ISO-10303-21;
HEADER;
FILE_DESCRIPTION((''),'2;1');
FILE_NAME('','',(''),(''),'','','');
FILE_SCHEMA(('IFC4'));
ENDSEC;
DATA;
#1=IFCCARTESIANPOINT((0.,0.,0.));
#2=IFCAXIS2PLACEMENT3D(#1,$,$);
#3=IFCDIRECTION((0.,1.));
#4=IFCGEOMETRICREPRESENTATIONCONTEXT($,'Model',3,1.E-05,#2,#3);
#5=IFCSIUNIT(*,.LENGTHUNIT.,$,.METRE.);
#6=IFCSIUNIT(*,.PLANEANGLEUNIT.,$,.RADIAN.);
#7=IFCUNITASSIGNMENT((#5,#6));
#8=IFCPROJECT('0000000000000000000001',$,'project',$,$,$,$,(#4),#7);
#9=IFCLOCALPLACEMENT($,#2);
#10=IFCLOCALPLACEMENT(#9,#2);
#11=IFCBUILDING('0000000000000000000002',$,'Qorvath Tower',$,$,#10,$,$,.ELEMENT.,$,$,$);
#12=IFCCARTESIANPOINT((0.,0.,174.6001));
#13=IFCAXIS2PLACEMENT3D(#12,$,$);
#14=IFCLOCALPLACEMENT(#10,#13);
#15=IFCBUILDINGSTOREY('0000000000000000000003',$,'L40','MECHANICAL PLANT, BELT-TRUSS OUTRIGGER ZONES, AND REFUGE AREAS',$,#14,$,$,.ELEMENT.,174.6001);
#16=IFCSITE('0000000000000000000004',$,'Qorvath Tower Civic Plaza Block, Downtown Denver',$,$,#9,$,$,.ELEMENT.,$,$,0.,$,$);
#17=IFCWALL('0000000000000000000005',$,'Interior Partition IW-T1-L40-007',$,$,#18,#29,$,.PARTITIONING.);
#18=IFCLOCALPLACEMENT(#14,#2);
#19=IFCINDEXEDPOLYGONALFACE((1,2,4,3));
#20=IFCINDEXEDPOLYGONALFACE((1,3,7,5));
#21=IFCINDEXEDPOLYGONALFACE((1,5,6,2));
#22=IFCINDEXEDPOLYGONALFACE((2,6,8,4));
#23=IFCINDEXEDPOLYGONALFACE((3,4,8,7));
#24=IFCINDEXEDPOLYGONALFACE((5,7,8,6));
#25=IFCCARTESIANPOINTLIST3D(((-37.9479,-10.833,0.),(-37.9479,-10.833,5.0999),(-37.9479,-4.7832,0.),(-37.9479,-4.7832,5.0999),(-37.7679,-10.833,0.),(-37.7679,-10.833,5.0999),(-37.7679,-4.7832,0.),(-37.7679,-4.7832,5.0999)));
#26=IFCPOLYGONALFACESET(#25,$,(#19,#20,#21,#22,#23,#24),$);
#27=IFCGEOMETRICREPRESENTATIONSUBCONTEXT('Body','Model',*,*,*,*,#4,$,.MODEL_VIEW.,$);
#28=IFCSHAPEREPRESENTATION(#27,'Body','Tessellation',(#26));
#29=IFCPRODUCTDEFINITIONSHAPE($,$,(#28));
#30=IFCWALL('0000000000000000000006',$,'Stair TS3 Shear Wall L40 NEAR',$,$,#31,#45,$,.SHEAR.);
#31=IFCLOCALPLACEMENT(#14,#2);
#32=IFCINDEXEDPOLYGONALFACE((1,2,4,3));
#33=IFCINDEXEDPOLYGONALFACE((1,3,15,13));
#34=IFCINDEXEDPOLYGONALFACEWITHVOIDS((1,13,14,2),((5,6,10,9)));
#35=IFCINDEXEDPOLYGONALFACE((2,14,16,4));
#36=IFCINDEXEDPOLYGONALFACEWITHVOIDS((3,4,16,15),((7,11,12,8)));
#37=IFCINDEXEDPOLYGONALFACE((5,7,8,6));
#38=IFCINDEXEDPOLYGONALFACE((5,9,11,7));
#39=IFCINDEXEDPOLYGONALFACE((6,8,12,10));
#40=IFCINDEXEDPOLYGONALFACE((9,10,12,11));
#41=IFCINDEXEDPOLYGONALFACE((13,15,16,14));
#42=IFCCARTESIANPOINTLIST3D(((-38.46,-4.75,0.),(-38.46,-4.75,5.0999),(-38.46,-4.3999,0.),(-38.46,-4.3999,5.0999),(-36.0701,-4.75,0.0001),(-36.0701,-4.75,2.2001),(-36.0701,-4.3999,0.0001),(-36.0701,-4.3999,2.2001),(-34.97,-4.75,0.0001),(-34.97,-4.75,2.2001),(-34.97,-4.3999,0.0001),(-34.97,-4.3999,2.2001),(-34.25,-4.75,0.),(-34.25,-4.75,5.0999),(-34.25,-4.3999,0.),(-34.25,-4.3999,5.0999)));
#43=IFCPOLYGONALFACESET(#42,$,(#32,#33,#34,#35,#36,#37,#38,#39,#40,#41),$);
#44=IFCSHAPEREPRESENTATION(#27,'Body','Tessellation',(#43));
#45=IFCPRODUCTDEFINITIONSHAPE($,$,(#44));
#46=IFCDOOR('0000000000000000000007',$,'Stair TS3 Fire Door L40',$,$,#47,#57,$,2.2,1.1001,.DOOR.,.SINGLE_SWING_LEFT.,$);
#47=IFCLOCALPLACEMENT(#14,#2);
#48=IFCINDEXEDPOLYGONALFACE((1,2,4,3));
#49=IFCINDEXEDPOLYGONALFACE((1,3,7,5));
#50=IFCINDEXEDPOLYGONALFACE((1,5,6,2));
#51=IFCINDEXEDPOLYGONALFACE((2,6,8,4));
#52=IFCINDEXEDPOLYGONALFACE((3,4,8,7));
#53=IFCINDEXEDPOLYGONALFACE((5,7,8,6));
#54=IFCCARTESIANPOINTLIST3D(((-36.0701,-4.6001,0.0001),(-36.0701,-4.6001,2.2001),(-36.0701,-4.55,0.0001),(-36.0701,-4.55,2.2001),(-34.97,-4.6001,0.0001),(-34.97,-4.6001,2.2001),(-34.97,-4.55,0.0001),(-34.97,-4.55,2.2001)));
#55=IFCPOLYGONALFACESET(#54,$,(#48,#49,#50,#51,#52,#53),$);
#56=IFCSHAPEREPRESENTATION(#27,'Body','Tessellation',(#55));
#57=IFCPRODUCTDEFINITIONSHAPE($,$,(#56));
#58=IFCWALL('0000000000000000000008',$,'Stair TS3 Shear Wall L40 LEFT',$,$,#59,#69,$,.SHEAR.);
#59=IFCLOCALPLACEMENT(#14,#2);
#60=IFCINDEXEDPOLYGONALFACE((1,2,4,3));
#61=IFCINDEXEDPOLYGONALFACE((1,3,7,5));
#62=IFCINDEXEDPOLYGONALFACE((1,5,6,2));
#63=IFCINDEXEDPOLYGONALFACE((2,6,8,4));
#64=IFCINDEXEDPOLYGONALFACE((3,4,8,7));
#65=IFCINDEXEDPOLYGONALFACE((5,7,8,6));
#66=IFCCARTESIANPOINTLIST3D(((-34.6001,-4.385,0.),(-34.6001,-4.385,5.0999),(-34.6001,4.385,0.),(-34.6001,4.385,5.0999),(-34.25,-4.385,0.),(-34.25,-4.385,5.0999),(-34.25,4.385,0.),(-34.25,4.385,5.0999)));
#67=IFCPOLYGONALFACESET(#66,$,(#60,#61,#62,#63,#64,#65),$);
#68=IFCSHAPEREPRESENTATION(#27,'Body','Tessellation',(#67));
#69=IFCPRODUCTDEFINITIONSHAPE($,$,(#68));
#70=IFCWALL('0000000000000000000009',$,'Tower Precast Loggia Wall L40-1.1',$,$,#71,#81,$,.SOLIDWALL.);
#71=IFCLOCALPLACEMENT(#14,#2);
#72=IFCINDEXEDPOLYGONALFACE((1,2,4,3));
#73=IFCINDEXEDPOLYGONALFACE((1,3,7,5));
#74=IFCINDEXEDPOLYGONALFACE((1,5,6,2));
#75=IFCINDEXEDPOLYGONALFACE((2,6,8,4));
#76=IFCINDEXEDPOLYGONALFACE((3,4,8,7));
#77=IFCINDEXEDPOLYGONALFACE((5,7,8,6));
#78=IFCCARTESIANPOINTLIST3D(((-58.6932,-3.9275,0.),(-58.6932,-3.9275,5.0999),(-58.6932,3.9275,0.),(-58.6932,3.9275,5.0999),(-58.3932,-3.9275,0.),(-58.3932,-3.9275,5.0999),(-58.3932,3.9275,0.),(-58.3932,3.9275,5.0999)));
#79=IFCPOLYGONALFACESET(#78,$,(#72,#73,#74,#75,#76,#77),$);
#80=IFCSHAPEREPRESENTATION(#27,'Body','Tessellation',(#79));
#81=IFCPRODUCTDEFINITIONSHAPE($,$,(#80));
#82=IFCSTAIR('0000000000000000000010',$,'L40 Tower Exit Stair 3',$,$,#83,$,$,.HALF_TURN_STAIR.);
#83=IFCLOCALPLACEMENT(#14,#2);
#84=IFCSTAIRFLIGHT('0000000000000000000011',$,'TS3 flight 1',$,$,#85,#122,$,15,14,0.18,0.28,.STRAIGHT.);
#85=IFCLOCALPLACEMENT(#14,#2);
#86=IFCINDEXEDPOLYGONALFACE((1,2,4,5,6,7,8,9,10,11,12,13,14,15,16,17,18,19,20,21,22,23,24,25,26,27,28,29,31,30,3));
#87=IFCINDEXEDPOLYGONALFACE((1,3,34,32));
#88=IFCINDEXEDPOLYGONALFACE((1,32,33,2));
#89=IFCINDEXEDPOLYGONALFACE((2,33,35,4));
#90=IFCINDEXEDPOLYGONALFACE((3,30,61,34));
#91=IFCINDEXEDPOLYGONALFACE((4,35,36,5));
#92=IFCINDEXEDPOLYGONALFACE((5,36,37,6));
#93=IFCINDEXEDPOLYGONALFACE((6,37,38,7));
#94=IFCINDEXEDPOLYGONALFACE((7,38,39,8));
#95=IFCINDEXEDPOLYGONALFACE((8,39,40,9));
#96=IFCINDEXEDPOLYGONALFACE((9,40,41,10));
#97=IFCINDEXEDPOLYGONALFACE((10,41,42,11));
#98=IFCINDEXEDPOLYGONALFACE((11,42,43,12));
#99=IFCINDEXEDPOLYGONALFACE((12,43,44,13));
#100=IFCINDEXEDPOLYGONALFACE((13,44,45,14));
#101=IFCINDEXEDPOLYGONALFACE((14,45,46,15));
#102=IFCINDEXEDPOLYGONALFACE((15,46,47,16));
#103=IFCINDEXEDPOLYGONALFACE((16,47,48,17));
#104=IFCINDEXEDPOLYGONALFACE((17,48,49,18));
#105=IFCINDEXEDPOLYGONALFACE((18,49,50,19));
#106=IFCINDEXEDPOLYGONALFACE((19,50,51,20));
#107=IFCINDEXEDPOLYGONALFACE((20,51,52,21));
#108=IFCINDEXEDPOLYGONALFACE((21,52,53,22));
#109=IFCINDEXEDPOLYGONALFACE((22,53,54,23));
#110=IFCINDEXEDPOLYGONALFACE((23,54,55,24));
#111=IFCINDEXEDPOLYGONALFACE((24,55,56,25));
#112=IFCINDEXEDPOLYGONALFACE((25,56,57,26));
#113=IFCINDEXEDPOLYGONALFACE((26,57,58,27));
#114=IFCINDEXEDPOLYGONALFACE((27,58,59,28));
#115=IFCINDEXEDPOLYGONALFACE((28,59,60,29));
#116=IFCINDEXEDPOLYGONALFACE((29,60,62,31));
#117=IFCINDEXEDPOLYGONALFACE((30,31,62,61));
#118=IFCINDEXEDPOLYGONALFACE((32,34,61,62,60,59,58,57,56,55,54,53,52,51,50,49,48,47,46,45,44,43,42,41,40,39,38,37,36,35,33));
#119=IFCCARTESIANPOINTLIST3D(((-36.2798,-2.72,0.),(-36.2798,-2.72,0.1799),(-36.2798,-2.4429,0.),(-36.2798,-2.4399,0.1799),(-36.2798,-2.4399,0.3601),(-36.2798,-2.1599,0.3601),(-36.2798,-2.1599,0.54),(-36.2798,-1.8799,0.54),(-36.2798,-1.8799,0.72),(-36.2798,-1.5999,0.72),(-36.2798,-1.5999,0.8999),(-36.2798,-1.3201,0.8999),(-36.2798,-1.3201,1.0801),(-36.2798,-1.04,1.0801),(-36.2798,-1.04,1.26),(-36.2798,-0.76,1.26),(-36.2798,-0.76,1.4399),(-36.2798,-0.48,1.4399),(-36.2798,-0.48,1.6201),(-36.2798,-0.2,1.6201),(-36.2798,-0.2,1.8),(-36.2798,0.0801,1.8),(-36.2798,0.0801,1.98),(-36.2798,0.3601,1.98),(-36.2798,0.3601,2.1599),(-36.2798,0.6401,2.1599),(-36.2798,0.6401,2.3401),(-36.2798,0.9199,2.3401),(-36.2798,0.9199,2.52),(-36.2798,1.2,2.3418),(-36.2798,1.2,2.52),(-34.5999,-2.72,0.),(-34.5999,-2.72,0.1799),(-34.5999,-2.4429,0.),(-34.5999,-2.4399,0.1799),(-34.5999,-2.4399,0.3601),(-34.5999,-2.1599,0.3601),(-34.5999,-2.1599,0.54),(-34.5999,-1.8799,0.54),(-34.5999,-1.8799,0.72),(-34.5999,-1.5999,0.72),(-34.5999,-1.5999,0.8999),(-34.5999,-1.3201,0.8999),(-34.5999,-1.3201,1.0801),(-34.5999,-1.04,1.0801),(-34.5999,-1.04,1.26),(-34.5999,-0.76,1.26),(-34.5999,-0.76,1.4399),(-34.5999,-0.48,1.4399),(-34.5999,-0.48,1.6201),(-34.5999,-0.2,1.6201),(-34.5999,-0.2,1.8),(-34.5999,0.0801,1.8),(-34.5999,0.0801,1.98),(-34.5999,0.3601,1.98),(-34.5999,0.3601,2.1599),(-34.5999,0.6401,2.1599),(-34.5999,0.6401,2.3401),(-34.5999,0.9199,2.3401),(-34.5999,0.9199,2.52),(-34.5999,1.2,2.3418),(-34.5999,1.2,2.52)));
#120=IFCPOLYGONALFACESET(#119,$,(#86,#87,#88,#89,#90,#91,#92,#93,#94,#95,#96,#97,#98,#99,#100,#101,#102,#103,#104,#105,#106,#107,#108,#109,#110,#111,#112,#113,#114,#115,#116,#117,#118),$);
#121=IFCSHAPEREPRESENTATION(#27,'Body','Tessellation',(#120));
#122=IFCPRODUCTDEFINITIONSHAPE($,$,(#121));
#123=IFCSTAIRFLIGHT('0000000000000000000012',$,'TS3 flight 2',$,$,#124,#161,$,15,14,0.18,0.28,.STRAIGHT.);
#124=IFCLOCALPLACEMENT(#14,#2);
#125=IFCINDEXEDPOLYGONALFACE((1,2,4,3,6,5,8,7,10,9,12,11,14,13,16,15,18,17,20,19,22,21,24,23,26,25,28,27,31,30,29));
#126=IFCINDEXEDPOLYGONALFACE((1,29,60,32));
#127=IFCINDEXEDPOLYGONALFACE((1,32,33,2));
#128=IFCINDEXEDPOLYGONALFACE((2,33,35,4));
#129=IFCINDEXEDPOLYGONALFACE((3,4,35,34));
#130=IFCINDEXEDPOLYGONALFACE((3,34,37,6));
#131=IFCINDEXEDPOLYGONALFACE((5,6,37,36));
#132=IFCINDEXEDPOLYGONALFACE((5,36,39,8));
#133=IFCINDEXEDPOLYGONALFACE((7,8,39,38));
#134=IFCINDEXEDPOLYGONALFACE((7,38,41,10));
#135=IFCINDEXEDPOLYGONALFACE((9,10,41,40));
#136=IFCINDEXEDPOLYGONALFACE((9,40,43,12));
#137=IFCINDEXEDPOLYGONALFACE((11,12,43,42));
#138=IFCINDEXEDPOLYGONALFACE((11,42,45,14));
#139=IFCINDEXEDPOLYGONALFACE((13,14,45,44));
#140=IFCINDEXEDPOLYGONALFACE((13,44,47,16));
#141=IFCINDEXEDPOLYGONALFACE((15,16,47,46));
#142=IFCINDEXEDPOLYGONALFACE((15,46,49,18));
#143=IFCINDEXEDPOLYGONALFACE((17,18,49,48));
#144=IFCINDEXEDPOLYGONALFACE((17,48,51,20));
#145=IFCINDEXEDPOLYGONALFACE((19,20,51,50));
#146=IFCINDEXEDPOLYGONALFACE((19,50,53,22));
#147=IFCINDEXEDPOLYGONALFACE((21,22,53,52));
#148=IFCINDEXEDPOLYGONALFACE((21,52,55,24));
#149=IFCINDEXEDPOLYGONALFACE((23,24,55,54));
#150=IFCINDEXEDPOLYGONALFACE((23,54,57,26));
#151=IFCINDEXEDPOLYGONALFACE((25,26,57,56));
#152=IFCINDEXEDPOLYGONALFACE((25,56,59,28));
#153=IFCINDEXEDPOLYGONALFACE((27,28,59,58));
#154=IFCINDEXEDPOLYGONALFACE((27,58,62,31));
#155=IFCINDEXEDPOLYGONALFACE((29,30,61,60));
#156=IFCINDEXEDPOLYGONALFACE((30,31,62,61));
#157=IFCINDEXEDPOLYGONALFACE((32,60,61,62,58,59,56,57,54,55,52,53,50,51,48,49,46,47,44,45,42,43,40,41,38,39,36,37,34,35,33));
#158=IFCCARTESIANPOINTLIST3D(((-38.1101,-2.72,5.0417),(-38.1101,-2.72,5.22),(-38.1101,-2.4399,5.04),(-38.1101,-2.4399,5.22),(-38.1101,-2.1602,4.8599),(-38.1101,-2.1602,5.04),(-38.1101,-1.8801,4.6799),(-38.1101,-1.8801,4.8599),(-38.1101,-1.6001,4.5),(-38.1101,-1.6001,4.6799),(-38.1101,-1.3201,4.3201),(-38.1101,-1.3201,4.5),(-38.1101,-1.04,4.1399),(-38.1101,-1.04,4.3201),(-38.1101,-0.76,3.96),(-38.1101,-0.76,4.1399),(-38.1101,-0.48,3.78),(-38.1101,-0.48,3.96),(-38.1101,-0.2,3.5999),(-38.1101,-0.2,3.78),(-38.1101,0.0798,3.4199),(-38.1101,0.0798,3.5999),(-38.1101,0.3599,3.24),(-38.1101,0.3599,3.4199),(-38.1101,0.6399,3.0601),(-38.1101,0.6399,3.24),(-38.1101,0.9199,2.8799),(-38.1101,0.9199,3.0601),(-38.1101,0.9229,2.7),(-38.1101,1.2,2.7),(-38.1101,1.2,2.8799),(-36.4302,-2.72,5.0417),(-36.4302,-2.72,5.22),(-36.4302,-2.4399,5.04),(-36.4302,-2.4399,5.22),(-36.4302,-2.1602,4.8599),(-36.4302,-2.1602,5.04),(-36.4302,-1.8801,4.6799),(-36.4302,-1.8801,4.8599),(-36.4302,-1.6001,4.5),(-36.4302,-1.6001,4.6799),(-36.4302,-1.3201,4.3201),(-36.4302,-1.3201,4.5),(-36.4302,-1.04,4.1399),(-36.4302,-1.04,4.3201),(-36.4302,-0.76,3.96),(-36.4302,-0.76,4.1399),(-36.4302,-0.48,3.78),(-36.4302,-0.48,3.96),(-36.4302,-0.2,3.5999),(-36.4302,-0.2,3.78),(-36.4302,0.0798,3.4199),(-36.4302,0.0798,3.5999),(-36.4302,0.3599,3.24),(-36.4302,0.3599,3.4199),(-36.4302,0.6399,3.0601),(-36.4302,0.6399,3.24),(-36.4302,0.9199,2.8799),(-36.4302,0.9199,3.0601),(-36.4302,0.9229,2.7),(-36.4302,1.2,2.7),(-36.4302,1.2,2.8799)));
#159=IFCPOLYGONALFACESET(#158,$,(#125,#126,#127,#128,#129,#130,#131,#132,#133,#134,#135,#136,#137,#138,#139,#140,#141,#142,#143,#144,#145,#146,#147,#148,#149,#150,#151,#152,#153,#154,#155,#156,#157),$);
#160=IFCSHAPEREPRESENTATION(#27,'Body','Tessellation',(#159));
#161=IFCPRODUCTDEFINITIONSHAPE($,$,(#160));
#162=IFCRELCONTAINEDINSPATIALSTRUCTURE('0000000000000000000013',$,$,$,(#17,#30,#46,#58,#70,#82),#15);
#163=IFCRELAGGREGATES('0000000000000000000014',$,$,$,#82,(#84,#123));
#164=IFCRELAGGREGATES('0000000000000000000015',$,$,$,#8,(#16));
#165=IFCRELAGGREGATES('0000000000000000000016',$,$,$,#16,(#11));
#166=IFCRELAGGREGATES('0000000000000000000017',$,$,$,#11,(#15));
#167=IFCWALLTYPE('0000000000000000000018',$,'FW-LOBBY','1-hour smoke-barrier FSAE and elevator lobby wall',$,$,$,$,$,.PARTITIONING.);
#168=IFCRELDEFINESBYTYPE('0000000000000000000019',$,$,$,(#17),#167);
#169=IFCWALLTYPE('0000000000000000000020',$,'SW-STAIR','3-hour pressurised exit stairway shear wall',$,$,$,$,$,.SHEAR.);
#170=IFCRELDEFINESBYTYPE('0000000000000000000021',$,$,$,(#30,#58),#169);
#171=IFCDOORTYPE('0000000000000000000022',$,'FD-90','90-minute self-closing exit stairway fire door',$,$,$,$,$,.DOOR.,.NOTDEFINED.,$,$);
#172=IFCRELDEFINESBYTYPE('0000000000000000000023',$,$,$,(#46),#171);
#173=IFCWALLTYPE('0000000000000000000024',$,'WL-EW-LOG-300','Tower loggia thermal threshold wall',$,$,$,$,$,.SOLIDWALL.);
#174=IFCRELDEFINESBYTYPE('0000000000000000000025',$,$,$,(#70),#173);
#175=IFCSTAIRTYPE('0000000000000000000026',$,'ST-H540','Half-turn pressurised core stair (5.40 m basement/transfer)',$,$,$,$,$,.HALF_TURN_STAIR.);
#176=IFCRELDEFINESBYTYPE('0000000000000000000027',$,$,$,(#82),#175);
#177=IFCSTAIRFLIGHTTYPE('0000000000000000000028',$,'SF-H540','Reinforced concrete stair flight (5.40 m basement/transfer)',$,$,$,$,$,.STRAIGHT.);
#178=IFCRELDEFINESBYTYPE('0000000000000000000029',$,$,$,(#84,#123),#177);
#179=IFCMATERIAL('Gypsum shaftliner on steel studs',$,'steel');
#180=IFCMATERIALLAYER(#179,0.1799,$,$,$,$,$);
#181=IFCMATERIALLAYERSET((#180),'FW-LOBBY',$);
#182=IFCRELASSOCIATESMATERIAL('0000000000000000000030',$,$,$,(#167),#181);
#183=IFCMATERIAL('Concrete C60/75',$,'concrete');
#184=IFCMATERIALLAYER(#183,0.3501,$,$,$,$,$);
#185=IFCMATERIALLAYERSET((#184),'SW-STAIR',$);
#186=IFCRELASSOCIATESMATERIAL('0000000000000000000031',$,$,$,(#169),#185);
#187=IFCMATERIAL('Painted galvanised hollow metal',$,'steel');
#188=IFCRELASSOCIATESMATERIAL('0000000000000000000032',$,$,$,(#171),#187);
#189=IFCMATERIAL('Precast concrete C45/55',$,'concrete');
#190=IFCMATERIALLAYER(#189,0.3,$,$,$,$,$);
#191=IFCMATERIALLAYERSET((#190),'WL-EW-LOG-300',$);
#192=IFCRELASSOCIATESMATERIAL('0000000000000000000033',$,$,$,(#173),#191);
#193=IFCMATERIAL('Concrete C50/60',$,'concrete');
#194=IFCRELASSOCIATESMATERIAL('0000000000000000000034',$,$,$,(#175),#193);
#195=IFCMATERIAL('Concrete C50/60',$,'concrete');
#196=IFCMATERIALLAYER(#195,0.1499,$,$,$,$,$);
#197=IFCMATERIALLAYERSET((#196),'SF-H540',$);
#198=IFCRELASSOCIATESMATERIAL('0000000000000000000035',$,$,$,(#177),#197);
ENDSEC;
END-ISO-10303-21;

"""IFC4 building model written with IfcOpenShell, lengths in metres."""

from ifc_helpers import new_model, si_unit, direction, frame, frame_2d, origin, place, context, subcontext, project, spatial, polyline, rectangle, outline, extrude, material, layer, layer_set, type_object, element, fill, aggregate, save


model = new_model("IFC4")

# Units and contexts
model_context = context("Model", 3, precision=1e-05, world=origin(), true_north=direction((0.0, 1.0)))
body_context = subcontext(model_context, "Body", "Model", "MODEL_VIEW")
ifc_project = project(units=[si_unit("LENGTHUNIT", "METRE"), si_unit("PLANEANGLEUNIT", "RADIAN")], contexts=[model_context])

# Site, building, storey
site_placement = place(None, origin())
site = spatial("IfcSite", under=ifc_project, at=site_placement, Name="Qorvath Tower Civic Plaza Block, Downtown Denver", CompositionType="ELEMENT", RefElevation=0.0)
building_placement = place(site_placement, origin())
building = spatial("IfcBuilding", under=site, at=building_placement, Name="Qorvath Tower", CompositionType="ELEMENT")
storey_placement = place(building_placement, frame((0.0, 0.0, 174.6001)))
storey = spatial("IfcBuildingStorey", under=building, at=storey_placement, Name="L40", Description="MECHANICAL PLANT, BELT-TRUSS OUTRIGGER ZONES, AND REFUGE AREAS", CompositionType="ELEMENT", Elevation=174.6001)

# Shared definitions
ifc_material_1 = material(Name="Gypsum shaftliner on steel studs", Category="steel")
ifc_layer_1 = layer(ifc_material_1, 0.1799)
ifc_layer_set_1 = layer_set([ifc_layer_1], Name="FW-LOBBY")
wall_type_1 = type_object("IfcWallType", Name="FW-LOBBY", Description="1-hour smoke-barrier FSAE and elevator lobby wall", PredefinedType="PARTITIONING", material=ifc_layer_set_1)

# Wall
wall_1_placement = place(storey_placement, frame((-37.8579, -10.833, 0.0), z_axis=(0.0, 0.0, 1.0), x_axis=(0.0, 1.0, 0.0)))
element("IfcWall", 1, at=wall_1_placement, inside=storey, type_object=wall_type_1, Name="Interior Partition IW-T1-L40-007", PredefinedType="PARTITIONING", context=body_context, shape_type="SweptSolid", body=[
    extrude(rectangle(XDim=6.0498, YDim=0.1799, at=frame_2d((3.0249, 0.0))), origin(), (0.0, 0.0, 1.0), 5.0999),
])

# Wall, opening, door
ifc_material_2 = material(Name="Concrete C60/75", Category="concrete")
ifc_layer_2 = layer(ifc_material_2, 0.3501)
ifc_layer_set_2 = layer_set([ifc_layer_2], Name="SW-STAIR")
wall_type_2 = type_object("IfcWallType", Name="SW-STAIR", Description="3-hour pressurised exit stairway shear wall", PredefinedType="SHEAR", material=ifc_layer_set_2)
wall_2_placement = place(storey_placement, frame((-38.46, -4.575, 0.0), z_axis=(0.0, 0.0, 1.0), x_axis=(1.0, 0.0, 0.0)))
wall_2 = element("IfcWall", 2, at=wall_2_placement, inside=storey, type_object=wall_type_2, Name="Stair TS3 Shear Wall L40 NEAR", PredefinedType="SHEAR", context=body_context, shape_type="SweptSolid", body=[
    extrude(rectangle(XDim=4.21, YDim=0.3501, at=frame_2d((2.105, 0.0))), origin(), (0.0, 0.0, 1.0), 5.0999),
])
opening_1_placement = place(wall_2_placement, frame((2.3899, 0.0, 0.0)))
opening_1 = element("IfcOpeningElement", 3, at=opening_1_placement, cuts=wall_2, PredefinedType="OPENING", context=body_context, shape_type="SweptSolid", body=[
    extrude(rectangle(XDim=1.1001, YDim=2.2, at=frame_2d((0.55, 1.1001))), frame((0.0, 0.1851, 0.0), z_axis=(0.0, -1.0, 0.0), x_axis=(1.0, 0.0, 0.0)), (0.0, 0.0, 1.0), 0.3701),
])
ifc_material_3 = material(Name="Painted galvanised hollow metal", Category="steel")
door_type_1 = type_object("IfcDoorType", Name="FD-90", Description="90-minute self-closing exit stairway fire door", OperationType="NOTDEFINED", PredefinedType="DOOR", material=ifc_material_3)
door_1_placement = place(opening_1_placement, origin())
door_1 = element("IfcDoor", 4, at=door_1_placement, inside=storey, type_object=door_type_1, Name="Stair TS3 Fire Door L40", OperationType="SINGLE_SWING_LEFT", OverallHeight=2.2, OverallWidth=1.1001, PredefinedType="DOOR", context=body_context, shape_type="SweptSolid", body=[
    extrude(rectangle(XDim=1.1001, YDim=2.2, at=frame_2d((0.55, 1.1001))), frame((0.0, 0.0249, 0.0), z_axis=(0.0, -1.0, 0.0), x_axis=(1.0, 0.0, 0.0)), (0.0, 0.0, 1.0), 0.05),
])
fill(opening_1, door_1)

# Walls
wall_3_placement = place(storey_placement, frame((-34.425, -4.385, 0.0), z_axis=(0.0, 0.0, 1.0), x_axis=(0.0, 1.0, 0.0)))
element("IfcWall", 5, at=wall_3_placement, inside=storey, type_object=wall_type_2, Name="Stair TS3 Shear Wall L40 LEFT", PredefinedType="SHEAR", context=body_context, shape_type="SweptSolid", body=[
    extrude(rectangle(XDim=8.77, YDim=0.3501, at=frame_2d((4.385, 0.0))), origin(), (0.0, 0.0, 1.0), 5.0999),
])
ifc_material_4 = material(Name="Precast concrete C45/55", Category="concrete")
ifc_layer_3 = layer(ifc_material_4, 0.3)
ifc_layer_set_3 = layer_set([ifc_layer_3], Name="WL-EW-LOG-300")
wall_type_3 = type_object("IfcWallType", Name="WL-EW-LOG-300", Description="Tower loggia thermal threshold wall", PredefinedType="SOLIDWALL", material=ifc_layer_set_3)
wall_4_placement = place(storey_placement, frame((-58.5432, -3.9275, 0.0), z_axis=(0.0, 0.0, 1.0), x_axis=(0.0, 1.0, 0.0)))
element("IfcWall", 6, at=wall_4_placement, inside=storey, type_object=wall_type_3, Name="Tower Precast Loggia Wall L40-1.1", PredefinedType="SOLIDWALL", context=body_context, shape_type="SweptSolid", body=[
    extrude(rectangle(XDim=7.855, YDim=0.3, at=frame_2d((3.9275, 0.0))), origin(), (0.0, 0.0, 1.0), 5.0999),
])

# Stair, stair flights
ifc_material_5 = material(Name="Concrete C50/60", Category="concrete")
stair_type = type_object("IfcStairType", Name="ST-H540", Description="Half-turn pressurised core stair (5.40 m basement/transfer)", PredefinedType="HALF_TURN_STAIR", material=ifc_material_5)
stair_placement = place(storey_placement, origin())
stair = element("IfcStair", 7, at=stair_placement, inside=storey, type_object=stair_type, Name="L40 Tower Exit Stair 3", PredefinedType="HALF_TURN_STAIR")
ifc_material_6 = material(Name="Concrete C50/60", Category="concrete")
ifc_layer_4 = layer(ifc_material_6, 0.1499)
ifc_layer_set_4 = layer_set([ifc_layer_4], Name="SF-H540")
stair_flight_type = type_object("IfcStairFlightType", Name="SF-H540", Description="Reinforced concrete stair flight (5.40 m basement/transfer)", PredefinedType="STRAIGHT", material=ifc_layer_set_4)
stair_flight_1_placement = place(storey_placement, frame((-35.4399, -2.72, 0.0), z_axis=(0.0, 0.0, 1.0), x_axis=(0.0, 1.0, 0.0)))
stair_flight_1 = element("IfcStairFlight", 8, at=stair_flight_1_placement, type_object=stair_flight_type, Name="TS3 flight 1", NumberOfRisers=15, NumberOfTreads=14, PredefinedType="STRAIGHT", RiserHeight=0.18, TreadLength=0.28, context=body_context, shape_type="SweptSolid", body=[
    extrude(outline(polyline([(0.0, 0.0), (0.0, 0.1799), (0.28, 0.1799), (0.28, 0.3601), (0.5601, 0.3601), (0.5601, 0.54), (0.8401, 0.54), (0.8401, 0.72), (1.1201, 0.72), (1.1201, 0.8999), (1.3999, 0.8999), (1.3999, 1.0801), (1.6799, 1.0801), (1.6799, 1.26), (1.96, 1.26), (1.96, 1.4399), (2.24, 1.4399), (2.24, 1.6201), (2.52, 1.6201), (2.52, 1.8), (2.8, 1.8), (2.8, 1.98), (3.0801, 1.98), (3.0801, 2.1599), (3.3601, 2.1599), (3.3601, 2.3401), (3.6399, 2.3401), (3.6399, 2.52), (3.9199, 2.52), (3.9199, 2.7), (3.9199, 2.3418), (0.2771, 0.0), (0.0, 0.0)])), frame((0.0, 0.8398, 0.0), z_axis=(0.0, -1.0, 0.0), x_axis=(1.0, 0.0, 0.0)), (0.0, 0.0, 1.0), 1.6799),
])
stair_flight_2_placement = place(storey_placement, frame((-37.27, 1.2, 2.7), z_axis=(0.0, 0.0, 1.0), x_axis=(0.0, -1.0, 0.0)))
stair_flight_2 = element("IfcStairFlight", 9, at=stair_flight_2_placement, type_object=stair_flight_type, Name="TS3 flight 2", NumberOfRisers=15, NumberOfTreads=14, PredefinedType="STRAIGHT", RiserHeight=0.18, TreadLength=0.28, context=body_context, shape_type="SweptSolid", body=[
    extrude(outline(polyline([(0.0, 0.0), (0.0, 0.1799), (0.28, 0.1799), (0.28, 0.3601), (0.5601, 0.3601), (0.5601, 0.54), (0.8401, 0.54), (0.8401, 0.72), (1.1201, 0.72), (1.1201, 0.8999), (1.3999, 0.8999), (1.3999, 1.0801), (1.6799, 1.0801), (1.6799, 1.26), (1.96, 1.26), (1.96, 1.4399), (2.24, 1.4399), (2.24, 1.6201), (2.52, 1.6201), (2.52, 1.8), (2.8, 1.8), (2.8, 1.98), (3.0801, 1.98), (3.0801, 2.1599), (3.3601, 2.1599), (3.3601, 2.3401), (3.6399, 2.3401), (3.6399, 2.52), (3.9199, 2.52), (3.9199, 2.7), (3.9199, 2.3418), (0.2771, 0.0), (0.0, 0.0)])), frame((0.0, 0.8398, 0.0), z_axis=(0.0, -1.0, 0.0), x_axis=(1.0, 0.0, 0.0)), (0.0, 0.0, 1.0), 1.6799),
])
aggregate(stair, [stair_flight_1, stair_flight_2])

save(model, "model.ifc")
